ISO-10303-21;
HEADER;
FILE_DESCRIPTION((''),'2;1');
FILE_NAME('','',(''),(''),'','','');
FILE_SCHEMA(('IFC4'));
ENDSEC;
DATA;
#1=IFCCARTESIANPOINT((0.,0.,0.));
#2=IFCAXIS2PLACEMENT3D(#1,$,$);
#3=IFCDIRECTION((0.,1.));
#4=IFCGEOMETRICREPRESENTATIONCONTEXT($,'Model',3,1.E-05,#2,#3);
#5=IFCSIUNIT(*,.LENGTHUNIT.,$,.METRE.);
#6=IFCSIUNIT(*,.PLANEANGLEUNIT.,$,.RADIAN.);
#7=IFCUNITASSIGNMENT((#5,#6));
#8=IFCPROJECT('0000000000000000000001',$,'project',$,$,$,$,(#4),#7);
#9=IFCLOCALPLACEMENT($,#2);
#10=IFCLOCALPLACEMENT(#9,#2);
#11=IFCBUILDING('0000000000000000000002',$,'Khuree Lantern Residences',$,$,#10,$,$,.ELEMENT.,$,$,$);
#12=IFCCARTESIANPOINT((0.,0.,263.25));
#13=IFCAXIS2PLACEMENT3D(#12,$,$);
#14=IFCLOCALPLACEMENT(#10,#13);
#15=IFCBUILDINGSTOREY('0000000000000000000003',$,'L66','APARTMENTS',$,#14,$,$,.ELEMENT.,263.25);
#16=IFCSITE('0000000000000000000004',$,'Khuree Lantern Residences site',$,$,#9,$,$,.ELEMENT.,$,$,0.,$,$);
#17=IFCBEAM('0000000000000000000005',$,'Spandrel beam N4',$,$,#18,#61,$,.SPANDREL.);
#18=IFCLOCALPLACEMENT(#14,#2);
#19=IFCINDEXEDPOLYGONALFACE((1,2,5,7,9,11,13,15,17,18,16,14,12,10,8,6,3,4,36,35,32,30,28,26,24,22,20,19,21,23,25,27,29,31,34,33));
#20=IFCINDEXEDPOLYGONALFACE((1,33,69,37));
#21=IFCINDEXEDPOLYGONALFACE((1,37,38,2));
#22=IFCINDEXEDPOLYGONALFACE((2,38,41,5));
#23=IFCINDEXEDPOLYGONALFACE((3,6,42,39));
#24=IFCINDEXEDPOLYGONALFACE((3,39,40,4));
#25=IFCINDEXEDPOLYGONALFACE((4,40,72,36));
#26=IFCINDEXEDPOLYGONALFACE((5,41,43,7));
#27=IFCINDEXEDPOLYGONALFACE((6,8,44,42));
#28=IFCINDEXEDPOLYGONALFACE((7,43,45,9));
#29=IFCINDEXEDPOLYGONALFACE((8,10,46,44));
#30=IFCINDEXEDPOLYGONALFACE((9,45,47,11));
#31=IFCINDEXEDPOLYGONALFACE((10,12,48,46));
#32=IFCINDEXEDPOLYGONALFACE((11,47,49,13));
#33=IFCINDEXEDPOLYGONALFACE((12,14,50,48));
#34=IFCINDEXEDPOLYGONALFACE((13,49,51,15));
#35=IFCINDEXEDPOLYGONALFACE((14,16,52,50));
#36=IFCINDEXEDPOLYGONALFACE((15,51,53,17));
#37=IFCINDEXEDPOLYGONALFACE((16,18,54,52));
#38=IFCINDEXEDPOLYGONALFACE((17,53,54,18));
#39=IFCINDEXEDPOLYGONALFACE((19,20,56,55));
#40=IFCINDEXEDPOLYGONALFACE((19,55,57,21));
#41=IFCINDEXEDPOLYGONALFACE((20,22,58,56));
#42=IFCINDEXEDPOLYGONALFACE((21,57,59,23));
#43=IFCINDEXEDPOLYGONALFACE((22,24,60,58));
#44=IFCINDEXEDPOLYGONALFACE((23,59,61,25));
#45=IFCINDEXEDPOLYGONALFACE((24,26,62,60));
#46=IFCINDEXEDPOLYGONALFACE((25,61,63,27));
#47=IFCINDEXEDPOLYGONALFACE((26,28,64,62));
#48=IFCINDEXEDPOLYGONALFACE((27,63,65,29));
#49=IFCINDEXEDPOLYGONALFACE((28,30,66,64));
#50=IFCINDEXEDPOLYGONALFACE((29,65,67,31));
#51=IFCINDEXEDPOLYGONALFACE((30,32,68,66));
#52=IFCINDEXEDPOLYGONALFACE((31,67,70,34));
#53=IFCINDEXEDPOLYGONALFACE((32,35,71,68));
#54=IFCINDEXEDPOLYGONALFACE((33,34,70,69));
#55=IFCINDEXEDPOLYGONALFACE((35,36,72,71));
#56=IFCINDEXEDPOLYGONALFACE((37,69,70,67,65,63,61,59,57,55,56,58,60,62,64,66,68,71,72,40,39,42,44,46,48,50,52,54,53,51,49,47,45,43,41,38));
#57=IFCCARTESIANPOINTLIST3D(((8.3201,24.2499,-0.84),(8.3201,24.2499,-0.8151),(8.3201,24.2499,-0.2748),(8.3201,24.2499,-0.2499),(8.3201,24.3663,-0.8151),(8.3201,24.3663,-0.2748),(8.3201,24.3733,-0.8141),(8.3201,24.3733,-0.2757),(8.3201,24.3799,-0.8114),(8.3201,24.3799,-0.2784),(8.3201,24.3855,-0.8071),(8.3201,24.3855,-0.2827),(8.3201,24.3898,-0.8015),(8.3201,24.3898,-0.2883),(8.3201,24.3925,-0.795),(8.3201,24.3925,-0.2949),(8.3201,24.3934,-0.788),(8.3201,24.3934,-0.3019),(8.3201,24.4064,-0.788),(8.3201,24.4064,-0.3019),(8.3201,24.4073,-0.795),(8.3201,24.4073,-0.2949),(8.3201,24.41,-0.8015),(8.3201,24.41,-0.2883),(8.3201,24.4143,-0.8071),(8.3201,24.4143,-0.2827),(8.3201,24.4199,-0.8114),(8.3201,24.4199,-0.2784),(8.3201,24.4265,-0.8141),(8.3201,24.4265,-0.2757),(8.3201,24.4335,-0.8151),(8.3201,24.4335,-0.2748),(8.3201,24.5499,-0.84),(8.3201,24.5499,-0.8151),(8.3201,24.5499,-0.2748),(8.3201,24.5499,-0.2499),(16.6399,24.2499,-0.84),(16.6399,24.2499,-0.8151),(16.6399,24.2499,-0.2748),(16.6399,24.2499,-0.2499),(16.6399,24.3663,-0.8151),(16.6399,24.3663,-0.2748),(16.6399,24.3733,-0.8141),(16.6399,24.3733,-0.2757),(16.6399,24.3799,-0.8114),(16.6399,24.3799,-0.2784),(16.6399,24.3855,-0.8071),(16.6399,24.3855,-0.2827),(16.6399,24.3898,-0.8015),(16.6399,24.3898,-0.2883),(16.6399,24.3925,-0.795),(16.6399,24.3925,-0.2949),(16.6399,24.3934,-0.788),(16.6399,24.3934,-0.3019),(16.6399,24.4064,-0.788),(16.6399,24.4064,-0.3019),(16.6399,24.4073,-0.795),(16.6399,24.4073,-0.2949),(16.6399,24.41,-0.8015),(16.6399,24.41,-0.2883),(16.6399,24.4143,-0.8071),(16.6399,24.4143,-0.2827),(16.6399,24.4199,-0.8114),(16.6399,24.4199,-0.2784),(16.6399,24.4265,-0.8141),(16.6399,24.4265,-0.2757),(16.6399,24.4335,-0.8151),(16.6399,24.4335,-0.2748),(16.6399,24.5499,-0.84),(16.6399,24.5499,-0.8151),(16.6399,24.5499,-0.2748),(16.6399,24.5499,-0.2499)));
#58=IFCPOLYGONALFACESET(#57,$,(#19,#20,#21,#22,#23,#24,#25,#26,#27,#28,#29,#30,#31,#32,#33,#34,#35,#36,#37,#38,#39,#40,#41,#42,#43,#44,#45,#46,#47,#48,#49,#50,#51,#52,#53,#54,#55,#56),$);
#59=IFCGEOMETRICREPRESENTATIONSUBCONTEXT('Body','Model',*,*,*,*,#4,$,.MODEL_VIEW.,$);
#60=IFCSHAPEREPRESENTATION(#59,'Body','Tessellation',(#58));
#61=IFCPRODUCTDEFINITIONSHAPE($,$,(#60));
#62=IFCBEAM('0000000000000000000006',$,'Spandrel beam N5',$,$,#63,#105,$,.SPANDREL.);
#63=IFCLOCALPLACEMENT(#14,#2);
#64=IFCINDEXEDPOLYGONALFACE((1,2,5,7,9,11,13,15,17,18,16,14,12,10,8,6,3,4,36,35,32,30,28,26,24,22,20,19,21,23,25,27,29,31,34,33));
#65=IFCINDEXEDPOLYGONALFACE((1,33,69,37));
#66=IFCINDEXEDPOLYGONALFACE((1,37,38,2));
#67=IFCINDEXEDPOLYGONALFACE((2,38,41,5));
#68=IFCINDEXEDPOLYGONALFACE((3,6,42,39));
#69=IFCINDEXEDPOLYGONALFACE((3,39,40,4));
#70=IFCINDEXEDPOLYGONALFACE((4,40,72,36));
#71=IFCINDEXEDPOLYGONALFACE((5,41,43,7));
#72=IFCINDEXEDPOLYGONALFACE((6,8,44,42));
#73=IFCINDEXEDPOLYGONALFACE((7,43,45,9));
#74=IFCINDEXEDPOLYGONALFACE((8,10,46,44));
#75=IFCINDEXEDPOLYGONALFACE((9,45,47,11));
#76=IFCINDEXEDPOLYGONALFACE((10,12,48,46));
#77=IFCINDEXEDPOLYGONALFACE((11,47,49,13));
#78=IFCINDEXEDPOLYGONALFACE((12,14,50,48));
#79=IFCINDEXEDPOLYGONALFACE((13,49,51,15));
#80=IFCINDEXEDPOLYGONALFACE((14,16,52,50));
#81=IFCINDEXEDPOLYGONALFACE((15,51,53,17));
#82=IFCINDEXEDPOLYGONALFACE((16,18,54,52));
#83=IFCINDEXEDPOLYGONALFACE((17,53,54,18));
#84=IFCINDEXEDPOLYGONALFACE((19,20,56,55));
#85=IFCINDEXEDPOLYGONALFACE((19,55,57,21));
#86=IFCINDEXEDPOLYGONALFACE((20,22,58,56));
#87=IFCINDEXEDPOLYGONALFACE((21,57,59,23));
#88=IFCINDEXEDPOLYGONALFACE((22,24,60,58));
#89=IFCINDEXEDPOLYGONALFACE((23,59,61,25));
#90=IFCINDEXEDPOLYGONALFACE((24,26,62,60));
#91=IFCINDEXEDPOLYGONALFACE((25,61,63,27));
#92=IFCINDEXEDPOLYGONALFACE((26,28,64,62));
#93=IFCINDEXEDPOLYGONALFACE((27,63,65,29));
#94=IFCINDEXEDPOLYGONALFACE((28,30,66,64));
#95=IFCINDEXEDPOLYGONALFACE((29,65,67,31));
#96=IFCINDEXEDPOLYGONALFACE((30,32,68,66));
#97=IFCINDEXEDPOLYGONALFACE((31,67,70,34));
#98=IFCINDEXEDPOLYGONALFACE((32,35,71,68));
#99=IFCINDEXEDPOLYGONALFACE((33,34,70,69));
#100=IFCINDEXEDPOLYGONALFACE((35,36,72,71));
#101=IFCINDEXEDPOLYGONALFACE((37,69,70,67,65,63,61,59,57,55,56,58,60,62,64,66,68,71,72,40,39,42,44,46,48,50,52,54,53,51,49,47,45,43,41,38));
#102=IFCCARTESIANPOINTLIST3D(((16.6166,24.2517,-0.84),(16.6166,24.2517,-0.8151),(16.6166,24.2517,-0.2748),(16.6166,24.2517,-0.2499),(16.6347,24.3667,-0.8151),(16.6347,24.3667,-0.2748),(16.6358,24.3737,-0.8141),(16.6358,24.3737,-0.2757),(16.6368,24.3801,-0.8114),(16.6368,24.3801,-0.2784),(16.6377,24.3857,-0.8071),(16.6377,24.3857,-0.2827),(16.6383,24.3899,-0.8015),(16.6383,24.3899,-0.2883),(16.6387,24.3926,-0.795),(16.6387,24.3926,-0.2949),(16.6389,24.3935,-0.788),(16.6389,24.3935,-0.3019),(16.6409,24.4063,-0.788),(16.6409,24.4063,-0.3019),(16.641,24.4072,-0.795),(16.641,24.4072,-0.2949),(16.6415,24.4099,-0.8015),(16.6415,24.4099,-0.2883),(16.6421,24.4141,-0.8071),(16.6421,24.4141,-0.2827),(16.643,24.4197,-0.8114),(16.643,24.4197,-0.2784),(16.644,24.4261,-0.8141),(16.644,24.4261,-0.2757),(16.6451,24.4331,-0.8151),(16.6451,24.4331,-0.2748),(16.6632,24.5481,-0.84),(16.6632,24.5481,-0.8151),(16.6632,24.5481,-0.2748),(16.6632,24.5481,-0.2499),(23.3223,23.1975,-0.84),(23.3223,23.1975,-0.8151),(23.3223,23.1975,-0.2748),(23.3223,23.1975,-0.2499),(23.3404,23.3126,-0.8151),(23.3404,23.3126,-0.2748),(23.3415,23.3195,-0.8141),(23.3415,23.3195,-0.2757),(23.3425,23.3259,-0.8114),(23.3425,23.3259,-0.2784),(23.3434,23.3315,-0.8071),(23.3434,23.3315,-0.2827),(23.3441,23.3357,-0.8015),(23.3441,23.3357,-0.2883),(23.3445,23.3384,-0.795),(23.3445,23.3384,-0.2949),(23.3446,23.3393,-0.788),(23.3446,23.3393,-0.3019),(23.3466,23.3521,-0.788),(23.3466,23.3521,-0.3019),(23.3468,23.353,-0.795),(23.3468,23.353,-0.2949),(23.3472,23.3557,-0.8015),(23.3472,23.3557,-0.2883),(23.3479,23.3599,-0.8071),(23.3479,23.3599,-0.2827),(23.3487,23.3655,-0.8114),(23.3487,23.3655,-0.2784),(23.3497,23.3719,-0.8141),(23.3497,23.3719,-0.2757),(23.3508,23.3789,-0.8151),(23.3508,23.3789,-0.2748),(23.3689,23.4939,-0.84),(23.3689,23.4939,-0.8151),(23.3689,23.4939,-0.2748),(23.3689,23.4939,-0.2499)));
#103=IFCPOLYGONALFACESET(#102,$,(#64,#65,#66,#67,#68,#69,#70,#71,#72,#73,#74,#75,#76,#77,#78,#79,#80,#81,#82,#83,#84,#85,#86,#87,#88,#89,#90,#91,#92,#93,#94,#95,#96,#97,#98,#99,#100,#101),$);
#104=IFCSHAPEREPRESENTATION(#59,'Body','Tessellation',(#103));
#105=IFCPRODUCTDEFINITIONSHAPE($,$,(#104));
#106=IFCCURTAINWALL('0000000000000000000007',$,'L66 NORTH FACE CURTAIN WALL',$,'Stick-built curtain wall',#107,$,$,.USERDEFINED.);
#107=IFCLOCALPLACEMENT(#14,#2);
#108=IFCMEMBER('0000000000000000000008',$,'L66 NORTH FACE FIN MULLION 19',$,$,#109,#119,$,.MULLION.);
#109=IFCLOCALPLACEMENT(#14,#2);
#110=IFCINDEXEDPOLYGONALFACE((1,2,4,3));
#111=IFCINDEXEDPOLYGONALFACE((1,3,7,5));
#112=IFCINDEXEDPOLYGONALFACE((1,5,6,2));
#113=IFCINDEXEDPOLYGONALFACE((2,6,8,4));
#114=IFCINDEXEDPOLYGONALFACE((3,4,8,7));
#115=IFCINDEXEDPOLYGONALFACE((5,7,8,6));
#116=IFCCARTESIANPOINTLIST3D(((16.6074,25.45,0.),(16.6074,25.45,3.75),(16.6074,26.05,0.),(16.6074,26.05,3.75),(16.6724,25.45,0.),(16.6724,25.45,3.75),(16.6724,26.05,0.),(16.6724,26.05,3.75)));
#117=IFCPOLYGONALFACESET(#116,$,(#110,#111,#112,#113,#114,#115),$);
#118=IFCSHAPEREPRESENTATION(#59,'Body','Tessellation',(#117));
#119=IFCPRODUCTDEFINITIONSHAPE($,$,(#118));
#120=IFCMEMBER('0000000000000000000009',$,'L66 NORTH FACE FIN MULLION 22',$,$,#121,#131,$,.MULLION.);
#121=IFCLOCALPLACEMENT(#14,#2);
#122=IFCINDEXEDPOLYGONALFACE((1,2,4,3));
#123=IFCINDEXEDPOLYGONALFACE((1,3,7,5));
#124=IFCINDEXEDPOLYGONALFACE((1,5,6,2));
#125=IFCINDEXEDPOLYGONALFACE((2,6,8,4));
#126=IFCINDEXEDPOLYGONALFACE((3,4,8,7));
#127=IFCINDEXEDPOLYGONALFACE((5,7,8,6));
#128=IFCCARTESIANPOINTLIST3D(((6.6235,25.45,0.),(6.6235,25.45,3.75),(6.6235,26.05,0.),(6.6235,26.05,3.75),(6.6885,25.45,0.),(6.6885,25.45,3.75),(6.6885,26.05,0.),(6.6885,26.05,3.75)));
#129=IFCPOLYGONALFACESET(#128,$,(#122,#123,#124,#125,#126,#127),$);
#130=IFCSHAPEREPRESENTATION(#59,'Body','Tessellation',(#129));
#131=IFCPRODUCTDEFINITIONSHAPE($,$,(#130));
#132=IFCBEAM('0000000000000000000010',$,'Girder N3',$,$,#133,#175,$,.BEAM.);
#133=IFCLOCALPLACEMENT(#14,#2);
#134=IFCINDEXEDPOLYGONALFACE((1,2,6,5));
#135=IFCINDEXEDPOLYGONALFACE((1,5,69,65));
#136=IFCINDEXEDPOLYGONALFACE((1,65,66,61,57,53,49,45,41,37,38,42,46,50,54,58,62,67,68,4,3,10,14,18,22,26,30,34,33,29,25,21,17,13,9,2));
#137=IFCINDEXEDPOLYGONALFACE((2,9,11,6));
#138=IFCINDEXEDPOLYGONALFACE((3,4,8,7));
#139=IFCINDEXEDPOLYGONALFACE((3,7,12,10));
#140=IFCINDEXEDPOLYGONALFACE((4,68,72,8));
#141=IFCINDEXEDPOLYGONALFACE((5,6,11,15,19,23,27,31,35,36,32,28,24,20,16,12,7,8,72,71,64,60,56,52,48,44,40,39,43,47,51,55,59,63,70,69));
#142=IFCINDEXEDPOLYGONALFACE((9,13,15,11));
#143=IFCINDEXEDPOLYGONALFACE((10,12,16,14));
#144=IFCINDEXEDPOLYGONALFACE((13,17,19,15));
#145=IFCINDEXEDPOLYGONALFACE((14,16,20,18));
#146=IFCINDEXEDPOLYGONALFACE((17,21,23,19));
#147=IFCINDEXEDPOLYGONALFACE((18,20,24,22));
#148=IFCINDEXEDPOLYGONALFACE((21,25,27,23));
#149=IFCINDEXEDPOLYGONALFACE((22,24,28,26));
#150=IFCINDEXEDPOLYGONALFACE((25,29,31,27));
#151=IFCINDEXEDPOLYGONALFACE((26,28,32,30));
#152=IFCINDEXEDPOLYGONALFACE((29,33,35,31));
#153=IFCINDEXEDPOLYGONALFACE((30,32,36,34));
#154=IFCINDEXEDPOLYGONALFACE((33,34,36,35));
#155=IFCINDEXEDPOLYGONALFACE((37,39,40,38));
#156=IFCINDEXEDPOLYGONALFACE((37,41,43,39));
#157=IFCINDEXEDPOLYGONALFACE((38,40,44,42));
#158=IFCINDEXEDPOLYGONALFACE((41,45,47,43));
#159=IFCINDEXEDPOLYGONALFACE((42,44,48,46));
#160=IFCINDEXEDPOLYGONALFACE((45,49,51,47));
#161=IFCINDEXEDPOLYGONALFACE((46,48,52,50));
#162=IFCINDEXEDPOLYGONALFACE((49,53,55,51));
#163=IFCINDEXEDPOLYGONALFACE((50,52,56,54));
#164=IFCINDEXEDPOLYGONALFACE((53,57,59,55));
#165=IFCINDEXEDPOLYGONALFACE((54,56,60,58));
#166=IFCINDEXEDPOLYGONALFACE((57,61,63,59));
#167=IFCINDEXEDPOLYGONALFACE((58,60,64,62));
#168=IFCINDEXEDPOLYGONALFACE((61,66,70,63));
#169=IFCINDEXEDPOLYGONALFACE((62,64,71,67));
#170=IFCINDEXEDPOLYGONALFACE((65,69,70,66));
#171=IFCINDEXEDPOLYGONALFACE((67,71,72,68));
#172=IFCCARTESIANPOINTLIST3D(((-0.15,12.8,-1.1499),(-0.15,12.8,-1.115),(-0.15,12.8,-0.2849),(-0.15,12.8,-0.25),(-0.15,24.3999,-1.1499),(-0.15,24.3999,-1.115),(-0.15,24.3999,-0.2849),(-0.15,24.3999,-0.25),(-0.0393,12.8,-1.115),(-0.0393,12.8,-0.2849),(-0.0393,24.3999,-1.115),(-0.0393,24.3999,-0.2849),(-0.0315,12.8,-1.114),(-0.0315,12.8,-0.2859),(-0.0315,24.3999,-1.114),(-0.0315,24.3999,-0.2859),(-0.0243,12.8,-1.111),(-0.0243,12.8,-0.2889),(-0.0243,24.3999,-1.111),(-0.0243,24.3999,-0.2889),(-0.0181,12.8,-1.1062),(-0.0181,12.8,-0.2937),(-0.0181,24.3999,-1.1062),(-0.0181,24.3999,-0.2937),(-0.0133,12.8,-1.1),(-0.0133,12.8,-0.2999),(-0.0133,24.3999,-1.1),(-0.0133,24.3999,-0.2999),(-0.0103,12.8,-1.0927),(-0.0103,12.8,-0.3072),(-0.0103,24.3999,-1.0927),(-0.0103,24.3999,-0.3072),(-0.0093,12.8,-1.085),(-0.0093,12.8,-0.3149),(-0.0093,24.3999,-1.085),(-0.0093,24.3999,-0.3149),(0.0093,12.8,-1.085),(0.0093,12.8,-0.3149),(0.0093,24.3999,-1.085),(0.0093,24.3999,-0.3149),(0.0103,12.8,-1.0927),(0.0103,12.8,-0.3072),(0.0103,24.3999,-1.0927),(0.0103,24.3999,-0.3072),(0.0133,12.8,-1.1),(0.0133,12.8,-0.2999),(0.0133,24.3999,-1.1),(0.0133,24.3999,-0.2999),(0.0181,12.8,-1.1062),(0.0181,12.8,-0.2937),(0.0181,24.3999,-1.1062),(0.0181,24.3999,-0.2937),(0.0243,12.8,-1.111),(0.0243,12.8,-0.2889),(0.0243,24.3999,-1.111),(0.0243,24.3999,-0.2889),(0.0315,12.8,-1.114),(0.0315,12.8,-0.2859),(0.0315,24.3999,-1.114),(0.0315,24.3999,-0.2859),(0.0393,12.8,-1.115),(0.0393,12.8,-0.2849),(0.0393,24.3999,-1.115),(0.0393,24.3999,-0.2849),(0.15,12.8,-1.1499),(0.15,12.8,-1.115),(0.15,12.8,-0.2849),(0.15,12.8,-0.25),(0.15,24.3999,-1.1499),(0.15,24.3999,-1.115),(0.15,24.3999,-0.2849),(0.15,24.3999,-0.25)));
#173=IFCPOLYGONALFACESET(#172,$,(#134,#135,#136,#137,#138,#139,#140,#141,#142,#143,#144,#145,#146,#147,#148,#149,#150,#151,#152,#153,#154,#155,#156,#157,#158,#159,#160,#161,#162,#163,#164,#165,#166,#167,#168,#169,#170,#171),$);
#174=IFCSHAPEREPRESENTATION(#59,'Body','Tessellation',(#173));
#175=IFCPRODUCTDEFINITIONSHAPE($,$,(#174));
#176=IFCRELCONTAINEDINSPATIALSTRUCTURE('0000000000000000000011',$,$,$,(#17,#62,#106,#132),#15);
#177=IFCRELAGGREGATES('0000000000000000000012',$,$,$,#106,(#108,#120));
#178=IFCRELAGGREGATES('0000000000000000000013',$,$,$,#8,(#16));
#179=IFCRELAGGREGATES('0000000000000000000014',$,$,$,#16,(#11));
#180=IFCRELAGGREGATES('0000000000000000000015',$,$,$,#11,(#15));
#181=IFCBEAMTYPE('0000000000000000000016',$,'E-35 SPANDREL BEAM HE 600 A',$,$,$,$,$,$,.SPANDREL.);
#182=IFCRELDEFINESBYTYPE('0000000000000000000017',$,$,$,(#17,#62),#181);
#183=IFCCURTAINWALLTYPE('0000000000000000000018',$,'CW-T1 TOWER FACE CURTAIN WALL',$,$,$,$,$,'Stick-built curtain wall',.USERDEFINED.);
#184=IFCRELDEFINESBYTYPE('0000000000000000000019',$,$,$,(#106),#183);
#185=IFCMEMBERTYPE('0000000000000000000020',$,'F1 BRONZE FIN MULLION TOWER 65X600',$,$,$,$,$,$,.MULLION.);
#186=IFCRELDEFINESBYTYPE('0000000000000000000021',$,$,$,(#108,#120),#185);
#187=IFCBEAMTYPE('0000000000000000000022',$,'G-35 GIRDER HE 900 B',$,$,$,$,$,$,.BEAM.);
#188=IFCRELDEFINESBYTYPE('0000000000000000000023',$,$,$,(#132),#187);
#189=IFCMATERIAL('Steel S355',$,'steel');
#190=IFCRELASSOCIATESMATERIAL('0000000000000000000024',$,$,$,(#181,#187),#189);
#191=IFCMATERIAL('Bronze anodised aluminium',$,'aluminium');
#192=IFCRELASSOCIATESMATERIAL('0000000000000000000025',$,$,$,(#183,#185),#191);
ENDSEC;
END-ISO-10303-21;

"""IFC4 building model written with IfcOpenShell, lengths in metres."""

from ifc_helpers import new_model, si_unit, direction, frame, origin, origin_2d, place, context, subcontext, project, spatial, rectangle, i_section, extrude, material, material_profile, profile_set, type_object, element, aggregate, save


model = new_model("IFC4")

# Units and contexts
model_context = context("Model", 3, precision=1e-05, world=origin(), true_north=direction((0.0, 1.0)))
body_context = subcontext(model_context, "Body", "Model", "MODEL_VIEW")
ifc_project = project(units=[si_unit("LENGTHUNIT", "METRE"), si_unit("PLANEANGLEUNIT", "RADIAN")], contexts=[model_context])

# Site, building, storey
site_placement = place(None, origin())
site = spatial("IfcSite", under=ifc_project, at=site_placement, Name="Khuree Lantern Residences site", CompositionType="ELEMENT", RefElevation=0.0)
building_placement = place(site_placement, origin())
building = spatial("IfcBuilding", under=site, at=building_placement, Name="Khuree Lantern Residences", CompositionType="ELEMENT")
storey_placement = place(building_placement, frame((0.0, 0.0, 263.25)))
storey = spatial("IfcBuildingStorey", under=building, at=storey_placement, Name="L66", Description="APARTMENTS", CompositionType="ELEMENT", Elevation=263.25)

# Beams
ifc_material_1 = material(Name="Steel S355", Category="steel")
ifc_material_profile_1 = material_profile(ifc_material_1, i_section(OverallWidth=0.3, OverallDepth=0.5901, WebThickness=0.0129, FlangeThickness=0.0249, FilletRadius=0.0271, at=origin_2d()), Name="HE 600 A")
ifc_profile_set_1 = profile_set([ifc_material_profile_1], Name="Steel S355")
beam_type_1 = type_object("IfcBeamType", Name="E-35 SPANDREL BEAM HE 600 A", PredefinedType="SPANDREL", material=ifc_profile_set_1)
beam_1_placement = place(storey_placement, frame((8.3201, 24.3999, -0.5449), z_axis=(1.0, 0.0, 0.0), x_axis=(0.0, 1.0, 0.0)))
element("IfcBeam", 1, at=beam_1_placement, inside=storey, type_object=beam_type_1, Name="Spandrel beam N4", PredefinedType="SPANDREL", context=body_context, shape_type="SweptSolid", body=[
    extrude(i_section(OverallWidth=0.3, OverallDepth=0.5901, WebThickness=0.0129, FlangeThickness=0.0249, FilletRadius=0.0271, at=origin_2d()), origin(), (0.0, 0.0, 1.0), 8.3198),
])
beam_2_placement = place(storey_placement, frame((16.6399, 24.3999, -0.5449), z_axis=(0.987867, -0.1553, 0.0), x_axis=(0.1553, 0.987867, 0.0)))
element("IfcBeam", 2, at=beam_2_placement, inside=storey, type_object=beam_type_1, Name="Spandrel beam N5", PredefinedType="SPANDREL", context=body_context, shape_type="SweptSolid", body=[
    extrude(i_section(OverallWidth=0.3, OverallDepth=0.5901, WebThickness=0.0129, FlangeThickness=0.0249, FilletRadius=0.0271, at=origin_2d()), origin(), (0.0, 0.0, 1.0), 6.7881),
])

# Curtain wall, members
ifc_material_2 = material(Name="Bronze anodised aluminium", Category="aluminium")
curtain_wall_type = type_object("IfcCurtainWallType", Name="CW-T1 TOWER FACE CURTAIN WALL", ElementType="Stick-built curtain wall", PredefinedType="USERDEFINED", material=ifc_material_2)
curtain_wall_placement = place(storey_placement, origin())
curtain_wall = element("IfcCurtainWall", 3, at=curtain_wall_placement, inside=storey, type_object=curtain_wall_type, Name="L66 NORTH FACE CURTAIN WALL", ObjectType="Stick-built curtain wall", PredefinedType="USERDEFINED")
ifc_material_profile_2 = material_profile(ifc_material_2, rectangle(XDim=0.0649, YDim=0.6001, at=origin_2d()), Name="F1 65X600")
ifc_profile_set_2 = profile_set([ifc_material_profile_2], Name="Bronze anodised aluminium")
member_type_1 = type_object("IfcMemberType", Name="F1 BRONZE FIN MULLION TOWER 65X600", PredefinedType="MULLION", material=ifc_profile_set_2)
member_1_placement = place(storey_placement, frame((16.6399, 25.75, 0.0), z_axis=(0.0, 0.0, 1.0), x_axis=(-1.0, 0.0, 0.0)))
member_1 = element("IfcMember", 4, at=member_1_placement, type_object=member_type_1, Name="L66 NORTH FACE FIN MULLION 19", PredefinedType="MULLION", context=body_context, shape_type="SweptSolid", body=[
    extrude(rectangle(XDim=0.0649, YDim=0.6001, at=origin_2d()), origin(), (0.0, 0.0, 1.0), 3.75),
])
member_2_placement = place(storey_placement, frame((6.656, 25.75, 0.0), z_axis=(0.0, 0.0, 1.0), x_axis=(-1.0, 0.0, 0.0)))
member_2 = element("IfcMember", 5, at=member_2_placement, type_object=member_type_1, Name="L66 NORTH FACE FIN MULLION 22", PredefinedType="MULLION", context=body_context, shape_type="SweptSolid", body=[
    extrude(rectangle(XDim=0.0649, YDim=0.6001, at=origin_2d()), origin(), (0.0, 0.0, 1.0), 3.75),
])

# Beam
ifc_material_profile_3 = material_profile(ifc_material_1, i_section(OverallWidth=0.3, OverallDepth=0.8999, WebThickness=0.0186, FlangeThickness=0.0349, FilletRadius=0.03, at=origin_2d()), Name="HE 900 B")
ifc_profile_set_3 = profile_set([ifc_material_profile_3], Name="Steel S355")
beam_type_2 = type_object("IfcBeamType", Name="G-35 GIRDER HE 900 B", PredefinedType="BEAM", material=ifc_profile_set_3)
for number, where, z_axis, x_axis, name in (
    (6, (0.0, 24.3999, -0.7), (0.0, -1.0, 0.0), (1.0, 0.0, 0.0), "Girder N3"),
):
    element("IfcBeam", number, at=place(storey_placement, frame(where, z_axis=z_axis, x_axis=x_axis)), inside=storey, type_object=beam_type_2, Name=name, PredefinedType="BEAM", context=body_context, shape_type="SweptSolid", body=[
        extrude(i_section(OverallWidth=0.3, OverallDepth=0.8999, WebThickness=0.0186, FlangeThickness=0.0349, FilletRadius=0.03, at=origin_2d()), origin(), (0.0, 0.0, 1.0), 11.5999),
    ])

aggregate(curtain_wall, [member_1, member_2])

save(model, "model.ifc")
